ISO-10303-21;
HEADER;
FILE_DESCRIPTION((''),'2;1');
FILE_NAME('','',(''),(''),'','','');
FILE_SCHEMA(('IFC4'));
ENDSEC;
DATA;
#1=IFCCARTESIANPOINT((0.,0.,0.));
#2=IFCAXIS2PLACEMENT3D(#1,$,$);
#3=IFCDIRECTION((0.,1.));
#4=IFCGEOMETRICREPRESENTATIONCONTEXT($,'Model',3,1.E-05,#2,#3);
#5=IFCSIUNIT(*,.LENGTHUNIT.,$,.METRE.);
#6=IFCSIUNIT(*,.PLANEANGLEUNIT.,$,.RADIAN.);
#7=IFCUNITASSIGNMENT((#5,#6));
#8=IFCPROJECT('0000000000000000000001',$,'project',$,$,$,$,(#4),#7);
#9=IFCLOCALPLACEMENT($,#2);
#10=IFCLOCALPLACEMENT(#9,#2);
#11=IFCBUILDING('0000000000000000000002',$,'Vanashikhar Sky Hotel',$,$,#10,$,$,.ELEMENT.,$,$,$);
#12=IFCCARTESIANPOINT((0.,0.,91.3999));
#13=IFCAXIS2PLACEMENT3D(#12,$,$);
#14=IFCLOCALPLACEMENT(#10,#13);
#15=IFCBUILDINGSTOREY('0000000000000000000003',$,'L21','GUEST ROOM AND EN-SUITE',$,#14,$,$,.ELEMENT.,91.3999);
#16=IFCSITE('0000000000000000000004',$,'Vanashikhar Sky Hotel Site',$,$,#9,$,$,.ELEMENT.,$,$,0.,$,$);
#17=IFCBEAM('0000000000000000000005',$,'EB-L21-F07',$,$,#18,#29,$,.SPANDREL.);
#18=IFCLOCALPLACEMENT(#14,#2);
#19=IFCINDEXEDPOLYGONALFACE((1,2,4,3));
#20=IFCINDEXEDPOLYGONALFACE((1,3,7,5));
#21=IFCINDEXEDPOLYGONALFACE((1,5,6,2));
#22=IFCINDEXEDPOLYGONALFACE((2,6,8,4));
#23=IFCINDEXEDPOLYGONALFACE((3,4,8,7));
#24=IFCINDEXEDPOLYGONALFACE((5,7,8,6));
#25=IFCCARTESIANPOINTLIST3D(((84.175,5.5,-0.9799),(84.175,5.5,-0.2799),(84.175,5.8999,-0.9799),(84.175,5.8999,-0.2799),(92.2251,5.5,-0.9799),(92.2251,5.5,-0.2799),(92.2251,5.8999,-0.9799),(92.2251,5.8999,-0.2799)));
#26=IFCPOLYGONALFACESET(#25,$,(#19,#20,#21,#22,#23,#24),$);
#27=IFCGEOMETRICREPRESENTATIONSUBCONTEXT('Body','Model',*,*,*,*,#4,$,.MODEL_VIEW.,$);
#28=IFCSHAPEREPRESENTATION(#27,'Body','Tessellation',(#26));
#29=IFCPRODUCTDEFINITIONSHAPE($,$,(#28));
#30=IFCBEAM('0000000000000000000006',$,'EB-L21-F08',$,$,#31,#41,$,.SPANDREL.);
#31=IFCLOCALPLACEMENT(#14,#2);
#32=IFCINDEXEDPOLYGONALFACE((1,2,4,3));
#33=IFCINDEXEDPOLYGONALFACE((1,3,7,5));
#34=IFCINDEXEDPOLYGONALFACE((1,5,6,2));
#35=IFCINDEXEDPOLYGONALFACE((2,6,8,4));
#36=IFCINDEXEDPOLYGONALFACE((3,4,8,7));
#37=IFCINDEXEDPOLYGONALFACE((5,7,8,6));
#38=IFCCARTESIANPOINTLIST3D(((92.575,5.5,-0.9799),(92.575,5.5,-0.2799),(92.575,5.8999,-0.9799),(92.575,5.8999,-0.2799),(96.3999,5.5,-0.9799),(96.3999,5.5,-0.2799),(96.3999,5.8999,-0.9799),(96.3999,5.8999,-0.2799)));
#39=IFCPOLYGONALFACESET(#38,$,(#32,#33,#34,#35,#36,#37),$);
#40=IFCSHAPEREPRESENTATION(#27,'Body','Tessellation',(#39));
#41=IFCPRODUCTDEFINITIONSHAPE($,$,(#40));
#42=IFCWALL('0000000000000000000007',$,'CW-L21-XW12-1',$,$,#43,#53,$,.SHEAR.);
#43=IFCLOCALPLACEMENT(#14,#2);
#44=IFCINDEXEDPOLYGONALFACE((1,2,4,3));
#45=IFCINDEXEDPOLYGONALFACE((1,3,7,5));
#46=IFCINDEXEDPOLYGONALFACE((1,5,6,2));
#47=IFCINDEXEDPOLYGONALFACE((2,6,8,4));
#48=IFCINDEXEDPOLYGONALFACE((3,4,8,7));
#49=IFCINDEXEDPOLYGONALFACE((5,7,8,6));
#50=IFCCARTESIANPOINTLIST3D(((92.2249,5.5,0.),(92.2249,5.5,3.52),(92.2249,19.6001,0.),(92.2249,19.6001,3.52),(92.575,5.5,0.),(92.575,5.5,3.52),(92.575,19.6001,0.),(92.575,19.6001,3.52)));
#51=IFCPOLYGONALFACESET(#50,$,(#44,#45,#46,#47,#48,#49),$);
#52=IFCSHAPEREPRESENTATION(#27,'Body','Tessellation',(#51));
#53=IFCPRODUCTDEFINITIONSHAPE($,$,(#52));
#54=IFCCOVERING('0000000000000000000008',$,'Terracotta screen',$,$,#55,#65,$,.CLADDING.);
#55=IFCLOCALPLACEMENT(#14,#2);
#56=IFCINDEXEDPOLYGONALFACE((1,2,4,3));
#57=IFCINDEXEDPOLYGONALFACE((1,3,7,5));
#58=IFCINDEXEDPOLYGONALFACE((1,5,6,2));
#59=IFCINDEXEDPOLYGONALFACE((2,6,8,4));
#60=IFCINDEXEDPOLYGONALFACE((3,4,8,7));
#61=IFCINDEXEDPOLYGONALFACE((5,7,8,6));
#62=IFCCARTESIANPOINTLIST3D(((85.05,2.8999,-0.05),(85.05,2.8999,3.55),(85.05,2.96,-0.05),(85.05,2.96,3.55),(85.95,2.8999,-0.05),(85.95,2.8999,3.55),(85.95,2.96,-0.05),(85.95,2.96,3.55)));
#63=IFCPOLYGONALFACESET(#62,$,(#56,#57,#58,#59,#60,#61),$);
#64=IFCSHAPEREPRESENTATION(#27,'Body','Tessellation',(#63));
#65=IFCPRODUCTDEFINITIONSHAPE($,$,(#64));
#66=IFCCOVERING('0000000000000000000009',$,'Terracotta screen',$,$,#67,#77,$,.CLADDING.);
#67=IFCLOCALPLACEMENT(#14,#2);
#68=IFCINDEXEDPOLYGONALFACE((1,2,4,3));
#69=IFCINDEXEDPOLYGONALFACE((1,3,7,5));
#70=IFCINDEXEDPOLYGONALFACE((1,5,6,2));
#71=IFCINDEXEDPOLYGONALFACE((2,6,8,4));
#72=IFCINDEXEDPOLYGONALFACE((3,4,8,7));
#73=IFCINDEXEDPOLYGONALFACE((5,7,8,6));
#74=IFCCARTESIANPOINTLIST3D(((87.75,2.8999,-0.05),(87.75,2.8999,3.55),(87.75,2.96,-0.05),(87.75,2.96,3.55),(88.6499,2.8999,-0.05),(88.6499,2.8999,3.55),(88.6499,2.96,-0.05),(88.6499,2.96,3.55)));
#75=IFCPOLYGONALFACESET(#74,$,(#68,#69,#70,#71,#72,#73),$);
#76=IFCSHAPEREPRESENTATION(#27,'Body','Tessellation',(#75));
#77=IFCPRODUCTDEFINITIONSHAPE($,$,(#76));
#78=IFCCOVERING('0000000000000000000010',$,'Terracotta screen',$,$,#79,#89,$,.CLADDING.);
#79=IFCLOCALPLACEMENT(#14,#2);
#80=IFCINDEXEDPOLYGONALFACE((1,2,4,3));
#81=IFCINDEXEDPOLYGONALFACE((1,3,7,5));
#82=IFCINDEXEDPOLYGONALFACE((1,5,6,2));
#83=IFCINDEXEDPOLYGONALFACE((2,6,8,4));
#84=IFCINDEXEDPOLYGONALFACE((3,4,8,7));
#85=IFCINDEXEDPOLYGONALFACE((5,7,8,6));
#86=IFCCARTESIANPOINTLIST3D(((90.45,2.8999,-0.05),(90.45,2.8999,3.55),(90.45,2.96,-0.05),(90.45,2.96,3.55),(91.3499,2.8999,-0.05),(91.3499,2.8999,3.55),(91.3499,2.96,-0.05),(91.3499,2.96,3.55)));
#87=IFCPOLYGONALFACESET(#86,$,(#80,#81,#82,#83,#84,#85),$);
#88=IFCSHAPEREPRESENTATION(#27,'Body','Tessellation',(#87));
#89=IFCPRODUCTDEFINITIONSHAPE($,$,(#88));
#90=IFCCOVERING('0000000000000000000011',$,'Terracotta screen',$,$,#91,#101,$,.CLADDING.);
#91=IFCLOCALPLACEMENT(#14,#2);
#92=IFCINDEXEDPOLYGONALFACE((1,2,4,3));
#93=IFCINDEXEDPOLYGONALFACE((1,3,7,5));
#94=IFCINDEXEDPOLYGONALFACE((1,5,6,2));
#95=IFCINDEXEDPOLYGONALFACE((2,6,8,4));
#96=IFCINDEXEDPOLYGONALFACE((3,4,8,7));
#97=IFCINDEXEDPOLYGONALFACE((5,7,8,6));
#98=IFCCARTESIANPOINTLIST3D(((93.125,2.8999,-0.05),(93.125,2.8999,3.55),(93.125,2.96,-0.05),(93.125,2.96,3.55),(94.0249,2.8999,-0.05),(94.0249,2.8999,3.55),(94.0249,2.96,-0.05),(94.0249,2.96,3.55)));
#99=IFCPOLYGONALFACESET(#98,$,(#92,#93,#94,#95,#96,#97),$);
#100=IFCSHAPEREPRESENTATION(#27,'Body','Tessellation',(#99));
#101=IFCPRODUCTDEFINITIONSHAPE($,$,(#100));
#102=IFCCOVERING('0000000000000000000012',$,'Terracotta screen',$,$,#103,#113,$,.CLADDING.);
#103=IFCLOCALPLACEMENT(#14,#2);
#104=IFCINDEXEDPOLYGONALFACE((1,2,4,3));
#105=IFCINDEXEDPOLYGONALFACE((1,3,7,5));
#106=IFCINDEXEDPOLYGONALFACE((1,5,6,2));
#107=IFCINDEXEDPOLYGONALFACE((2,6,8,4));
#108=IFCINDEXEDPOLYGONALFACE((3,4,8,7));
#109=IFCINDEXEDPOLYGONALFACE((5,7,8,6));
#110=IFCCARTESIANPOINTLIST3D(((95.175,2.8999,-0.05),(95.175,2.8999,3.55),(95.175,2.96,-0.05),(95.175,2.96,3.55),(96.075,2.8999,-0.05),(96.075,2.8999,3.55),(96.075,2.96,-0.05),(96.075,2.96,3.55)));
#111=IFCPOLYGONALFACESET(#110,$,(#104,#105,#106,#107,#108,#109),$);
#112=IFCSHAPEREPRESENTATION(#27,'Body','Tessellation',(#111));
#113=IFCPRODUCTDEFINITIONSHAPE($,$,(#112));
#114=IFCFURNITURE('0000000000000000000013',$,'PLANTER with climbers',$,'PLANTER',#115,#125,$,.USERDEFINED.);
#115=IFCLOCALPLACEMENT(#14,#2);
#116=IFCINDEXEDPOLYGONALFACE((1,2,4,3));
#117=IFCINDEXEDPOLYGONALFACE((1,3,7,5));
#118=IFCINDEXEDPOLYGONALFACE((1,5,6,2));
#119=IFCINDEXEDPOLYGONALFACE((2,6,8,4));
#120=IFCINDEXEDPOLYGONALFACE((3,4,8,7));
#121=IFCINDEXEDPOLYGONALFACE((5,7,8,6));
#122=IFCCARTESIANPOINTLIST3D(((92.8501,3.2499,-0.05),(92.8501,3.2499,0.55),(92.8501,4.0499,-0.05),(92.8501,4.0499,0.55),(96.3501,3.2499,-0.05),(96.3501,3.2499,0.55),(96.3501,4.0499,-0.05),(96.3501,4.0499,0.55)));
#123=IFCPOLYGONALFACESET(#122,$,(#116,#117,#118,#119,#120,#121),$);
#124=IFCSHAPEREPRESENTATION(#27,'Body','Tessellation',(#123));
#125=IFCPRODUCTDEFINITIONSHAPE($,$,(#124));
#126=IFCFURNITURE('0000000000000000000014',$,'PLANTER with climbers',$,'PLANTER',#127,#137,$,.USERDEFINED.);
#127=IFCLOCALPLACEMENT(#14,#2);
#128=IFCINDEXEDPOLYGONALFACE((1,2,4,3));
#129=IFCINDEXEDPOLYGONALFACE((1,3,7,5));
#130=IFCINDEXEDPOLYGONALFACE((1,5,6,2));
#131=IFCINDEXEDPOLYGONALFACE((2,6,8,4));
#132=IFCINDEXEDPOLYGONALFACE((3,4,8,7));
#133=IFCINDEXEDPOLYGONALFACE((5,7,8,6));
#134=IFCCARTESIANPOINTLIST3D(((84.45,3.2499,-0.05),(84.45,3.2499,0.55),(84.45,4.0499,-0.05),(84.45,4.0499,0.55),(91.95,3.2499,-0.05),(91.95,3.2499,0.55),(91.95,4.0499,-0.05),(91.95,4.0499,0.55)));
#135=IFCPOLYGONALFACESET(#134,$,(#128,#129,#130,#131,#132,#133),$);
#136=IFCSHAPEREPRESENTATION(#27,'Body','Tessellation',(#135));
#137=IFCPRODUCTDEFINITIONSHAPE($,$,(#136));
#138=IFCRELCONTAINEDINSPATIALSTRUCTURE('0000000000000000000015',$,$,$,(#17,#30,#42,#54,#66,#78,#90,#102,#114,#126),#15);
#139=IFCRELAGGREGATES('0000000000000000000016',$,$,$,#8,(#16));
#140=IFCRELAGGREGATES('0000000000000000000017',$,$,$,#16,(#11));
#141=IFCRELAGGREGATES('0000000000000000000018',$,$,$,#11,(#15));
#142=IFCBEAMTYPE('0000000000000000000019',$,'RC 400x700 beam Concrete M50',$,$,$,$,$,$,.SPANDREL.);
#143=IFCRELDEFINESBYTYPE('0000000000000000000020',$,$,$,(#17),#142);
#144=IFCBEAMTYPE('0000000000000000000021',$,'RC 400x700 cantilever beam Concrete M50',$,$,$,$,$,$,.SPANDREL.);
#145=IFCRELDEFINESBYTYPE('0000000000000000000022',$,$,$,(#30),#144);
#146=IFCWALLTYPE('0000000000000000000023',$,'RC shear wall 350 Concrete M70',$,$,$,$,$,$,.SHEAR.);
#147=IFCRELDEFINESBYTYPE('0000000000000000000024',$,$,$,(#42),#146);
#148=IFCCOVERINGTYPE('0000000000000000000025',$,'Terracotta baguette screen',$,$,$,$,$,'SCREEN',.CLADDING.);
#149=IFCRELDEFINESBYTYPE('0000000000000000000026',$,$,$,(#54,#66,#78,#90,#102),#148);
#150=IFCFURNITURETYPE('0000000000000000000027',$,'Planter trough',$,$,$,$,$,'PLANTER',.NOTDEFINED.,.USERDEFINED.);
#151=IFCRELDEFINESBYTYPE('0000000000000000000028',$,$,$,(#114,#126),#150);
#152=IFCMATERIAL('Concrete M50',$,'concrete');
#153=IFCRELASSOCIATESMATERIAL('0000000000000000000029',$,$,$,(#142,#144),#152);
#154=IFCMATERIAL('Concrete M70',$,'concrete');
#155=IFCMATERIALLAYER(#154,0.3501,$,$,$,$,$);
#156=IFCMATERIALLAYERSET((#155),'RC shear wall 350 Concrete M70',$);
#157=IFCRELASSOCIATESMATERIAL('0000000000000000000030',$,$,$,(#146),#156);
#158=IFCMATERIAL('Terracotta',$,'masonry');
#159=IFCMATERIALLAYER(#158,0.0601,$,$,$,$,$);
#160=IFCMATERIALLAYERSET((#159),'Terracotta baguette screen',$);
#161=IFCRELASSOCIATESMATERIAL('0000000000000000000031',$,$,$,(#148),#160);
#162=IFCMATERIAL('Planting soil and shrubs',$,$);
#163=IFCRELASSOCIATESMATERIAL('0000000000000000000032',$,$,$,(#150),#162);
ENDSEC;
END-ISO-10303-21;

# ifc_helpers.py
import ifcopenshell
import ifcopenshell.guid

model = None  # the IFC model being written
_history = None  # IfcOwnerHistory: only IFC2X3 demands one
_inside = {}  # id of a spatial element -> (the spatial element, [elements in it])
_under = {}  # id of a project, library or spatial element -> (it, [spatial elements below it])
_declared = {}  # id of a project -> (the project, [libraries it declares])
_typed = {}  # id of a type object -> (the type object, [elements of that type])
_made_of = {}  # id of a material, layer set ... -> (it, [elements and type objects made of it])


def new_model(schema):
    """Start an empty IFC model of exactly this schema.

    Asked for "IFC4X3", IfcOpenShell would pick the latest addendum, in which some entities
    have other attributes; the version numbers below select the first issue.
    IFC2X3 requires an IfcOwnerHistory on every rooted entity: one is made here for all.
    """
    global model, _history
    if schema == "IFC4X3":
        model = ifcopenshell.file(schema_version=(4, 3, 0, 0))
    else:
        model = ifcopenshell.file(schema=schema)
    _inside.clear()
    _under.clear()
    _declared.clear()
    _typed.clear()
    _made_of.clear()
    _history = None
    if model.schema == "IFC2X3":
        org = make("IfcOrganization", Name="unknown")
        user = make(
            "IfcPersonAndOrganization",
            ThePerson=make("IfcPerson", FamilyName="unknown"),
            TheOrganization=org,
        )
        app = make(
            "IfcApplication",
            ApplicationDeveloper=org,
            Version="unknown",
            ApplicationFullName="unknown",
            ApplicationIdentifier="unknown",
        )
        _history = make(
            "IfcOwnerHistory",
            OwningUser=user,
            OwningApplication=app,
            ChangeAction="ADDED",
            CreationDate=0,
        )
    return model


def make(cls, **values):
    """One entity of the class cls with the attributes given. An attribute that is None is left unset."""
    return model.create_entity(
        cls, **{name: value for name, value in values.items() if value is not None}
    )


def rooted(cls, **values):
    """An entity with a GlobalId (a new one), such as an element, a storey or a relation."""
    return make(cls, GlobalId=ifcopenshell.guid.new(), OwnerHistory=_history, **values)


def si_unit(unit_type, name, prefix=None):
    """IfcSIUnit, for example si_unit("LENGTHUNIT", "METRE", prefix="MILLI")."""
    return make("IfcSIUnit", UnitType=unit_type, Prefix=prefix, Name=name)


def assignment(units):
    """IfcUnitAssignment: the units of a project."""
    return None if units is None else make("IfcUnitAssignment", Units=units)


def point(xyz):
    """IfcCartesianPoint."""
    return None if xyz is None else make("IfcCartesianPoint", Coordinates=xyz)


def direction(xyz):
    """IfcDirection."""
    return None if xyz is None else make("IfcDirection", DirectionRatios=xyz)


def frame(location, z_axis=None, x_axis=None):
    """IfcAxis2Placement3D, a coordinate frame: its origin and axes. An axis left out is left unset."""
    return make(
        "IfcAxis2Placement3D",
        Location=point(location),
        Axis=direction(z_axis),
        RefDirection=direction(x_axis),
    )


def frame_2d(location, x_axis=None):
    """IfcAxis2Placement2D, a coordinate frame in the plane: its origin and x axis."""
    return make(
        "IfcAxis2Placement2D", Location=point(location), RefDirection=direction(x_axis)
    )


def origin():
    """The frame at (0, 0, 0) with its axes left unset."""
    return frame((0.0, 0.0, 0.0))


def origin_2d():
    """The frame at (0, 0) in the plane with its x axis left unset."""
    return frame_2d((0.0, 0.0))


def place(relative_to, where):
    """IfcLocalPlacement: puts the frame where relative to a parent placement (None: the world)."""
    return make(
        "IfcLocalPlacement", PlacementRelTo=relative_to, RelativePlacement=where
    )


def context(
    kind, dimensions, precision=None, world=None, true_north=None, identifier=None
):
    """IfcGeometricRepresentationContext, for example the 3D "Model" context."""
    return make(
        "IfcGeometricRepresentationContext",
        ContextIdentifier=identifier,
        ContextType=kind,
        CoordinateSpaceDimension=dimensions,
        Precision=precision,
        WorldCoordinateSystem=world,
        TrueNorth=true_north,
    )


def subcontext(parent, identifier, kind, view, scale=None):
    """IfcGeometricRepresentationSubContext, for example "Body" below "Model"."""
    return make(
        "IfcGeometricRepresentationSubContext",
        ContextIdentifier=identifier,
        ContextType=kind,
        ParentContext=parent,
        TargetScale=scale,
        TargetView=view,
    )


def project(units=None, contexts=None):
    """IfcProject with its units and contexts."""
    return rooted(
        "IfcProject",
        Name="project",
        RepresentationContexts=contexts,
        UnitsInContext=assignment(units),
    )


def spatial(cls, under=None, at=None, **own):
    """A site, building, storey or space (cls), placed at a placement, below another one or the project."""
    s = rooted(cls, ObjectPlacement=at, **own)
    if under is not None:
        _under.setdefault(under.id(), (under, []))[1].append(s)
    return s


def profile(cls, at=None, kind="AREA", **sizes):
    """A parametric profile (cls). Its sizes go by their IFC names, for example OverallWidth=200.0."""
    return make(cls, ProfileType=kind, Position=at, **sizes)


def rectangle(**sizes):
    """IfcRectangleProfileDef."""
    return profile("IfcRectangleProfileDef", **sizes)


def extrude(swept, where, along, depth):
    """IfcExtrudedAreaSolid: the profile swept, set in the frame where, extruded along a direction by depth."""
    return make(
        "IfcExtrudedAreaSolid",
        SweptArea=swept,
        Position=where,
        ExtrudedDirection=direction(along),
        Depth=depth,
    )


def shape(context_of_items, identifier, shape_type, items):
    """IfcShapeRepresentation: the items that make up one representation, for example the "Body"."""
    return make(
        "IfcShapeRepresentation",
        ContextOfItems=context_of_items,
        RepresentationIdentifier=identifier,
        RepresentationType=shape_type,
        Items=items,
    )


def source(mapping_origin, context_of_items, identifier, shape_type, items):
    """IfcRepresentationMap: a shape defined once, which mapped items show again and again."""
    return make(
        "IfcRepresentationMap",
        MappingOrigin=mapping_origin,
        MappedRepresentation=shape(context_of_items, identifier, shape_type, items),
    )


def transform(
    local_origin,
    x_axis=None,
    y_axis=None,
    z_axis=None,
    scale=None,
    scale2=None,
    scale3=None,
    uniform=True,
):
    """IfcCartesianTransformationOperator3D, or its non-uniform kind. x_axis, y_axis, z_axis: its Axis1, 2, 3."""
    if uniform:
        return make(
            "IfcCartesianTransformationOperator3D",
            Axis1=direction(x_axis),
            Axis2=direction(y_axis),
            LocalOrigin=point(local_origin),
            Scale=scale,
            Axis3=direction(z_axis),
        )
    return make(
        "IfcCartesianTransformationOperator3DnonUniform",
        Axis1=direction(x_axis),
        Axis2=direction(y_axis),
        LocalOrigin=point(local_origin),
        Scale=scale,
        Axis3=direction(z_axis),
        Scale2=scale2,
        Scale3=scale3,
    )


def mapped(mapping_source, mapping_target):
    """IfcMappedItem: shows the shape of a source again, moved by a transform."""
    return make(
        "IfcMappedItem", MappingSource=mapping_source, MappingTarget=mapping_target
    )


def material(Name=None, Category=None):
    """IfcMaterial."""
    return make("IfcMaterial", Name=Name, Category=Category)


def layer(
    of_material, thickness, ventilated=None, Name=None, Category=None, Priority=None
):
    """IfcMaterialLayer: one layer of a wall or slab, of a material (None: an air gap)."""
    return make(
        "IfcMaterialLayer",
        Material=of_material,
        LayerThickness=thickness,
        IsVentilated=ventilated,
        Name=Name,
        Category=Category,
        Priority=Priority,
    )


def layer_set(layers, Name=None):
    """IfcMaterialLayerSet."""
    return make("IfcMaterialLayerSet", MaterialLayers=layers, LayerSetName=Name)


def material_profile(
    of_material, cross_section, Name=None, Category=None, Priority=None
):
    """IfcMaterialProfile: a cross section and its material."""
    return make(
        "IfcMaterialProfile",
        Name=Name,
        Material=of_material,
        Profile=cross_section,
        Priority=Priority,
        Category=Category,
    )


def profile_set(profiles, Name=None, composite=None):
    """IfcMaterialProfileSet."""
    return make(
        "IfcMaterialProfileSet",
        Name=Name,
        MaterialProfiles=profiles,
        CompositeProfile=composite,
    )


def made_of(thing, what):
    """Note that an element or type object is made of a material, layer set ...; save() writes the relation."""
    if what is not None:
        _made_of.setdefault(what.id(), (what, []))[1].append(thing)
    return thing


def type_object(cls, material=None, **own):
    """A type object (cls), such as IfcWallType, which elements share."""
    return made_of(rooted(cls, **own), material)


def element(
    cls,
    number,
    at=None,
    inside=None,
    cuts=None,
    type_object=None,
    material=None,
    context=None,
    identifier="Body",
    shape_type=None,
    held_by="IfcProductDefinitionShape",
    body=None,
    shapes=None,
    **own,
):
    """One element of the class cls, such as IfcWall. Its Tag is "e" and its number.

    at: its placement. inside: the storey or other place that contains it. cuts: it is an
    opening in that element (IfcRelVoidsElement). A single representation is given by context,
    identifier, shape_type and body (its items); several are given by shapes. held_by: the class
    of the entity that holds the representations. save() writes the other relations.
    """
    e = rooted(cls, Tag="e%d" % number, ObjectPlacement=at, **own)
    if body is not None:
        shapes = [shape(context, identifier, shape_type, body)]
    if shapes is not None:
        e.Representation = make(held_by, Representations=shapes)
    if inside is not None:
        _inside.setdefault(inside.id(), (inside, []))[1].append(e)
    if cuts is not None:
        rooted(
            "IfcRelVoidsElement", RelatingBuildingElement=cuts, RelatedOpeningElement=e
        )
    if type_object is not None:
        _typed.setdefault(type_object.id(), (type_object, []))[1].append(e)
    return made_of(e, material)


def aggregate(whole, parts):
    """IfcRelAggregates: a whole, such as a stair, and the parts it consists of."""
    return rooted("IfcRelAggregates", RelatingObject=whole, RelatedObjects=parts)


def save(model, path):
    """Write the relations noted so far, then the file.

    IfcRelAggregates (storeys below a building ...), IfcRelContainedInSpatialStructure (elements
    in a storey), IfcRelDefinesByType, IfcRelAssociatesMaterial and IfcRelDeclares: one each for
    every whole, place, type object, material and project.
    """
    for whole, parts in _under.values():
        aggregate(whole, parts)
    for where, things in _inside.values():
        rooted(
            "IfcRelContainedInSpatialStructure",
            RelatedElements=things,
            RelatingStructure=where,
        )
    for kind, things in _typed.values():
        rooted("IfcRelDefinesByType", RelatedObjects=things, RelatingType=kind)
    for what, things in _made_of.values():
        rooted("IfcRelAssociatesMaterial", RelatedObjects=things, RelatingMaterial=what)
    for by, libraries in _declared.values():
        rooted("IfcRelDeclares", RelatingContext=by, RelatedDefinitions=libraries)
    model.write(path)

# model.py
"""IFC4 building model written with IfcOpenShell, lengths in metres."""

from ifc_helpers import new_model, si_unit, direction, frame, frame_2d, origin, origin_2d, place, context, subcontext, project, spatial, rectangle, extrude, source, transform, mapped, material, layer, layer_set, material_profile, profile_set, type_object, element, save


model = new_model("IFC4")

# Units and contexts
model_context = context("Model", 3, precision=1e-05, world=origin(), true_north=direction((0.0, 1.0)))
body_context = subcontext(model_context, "Body", "Model", "MODEL_VIEW")
ifc_project = project(units=[si_unit("LENGTHUNIT", "METRE"), si_unit("PLANEANGLEUNIT", "RADIAN")], contexts=[model_context])

# Site, building, storey
site_placement = place(None, origin())
site = spatial("IfcSite", under=ifc_project, at=site_placement, Name="Vanashikhar Sky Hotel Site", CompositionType="ELEMENT", RefElevation=0.0)
building_placement = place(site_placement, origin())
building = spatial("IfcBuilding", under=site, at=building_placement, Name="Vanashikhar Sky Hotel", CompositionType="ELEMENT")
storey_placement = place(building_placement, frame((0.0, 0.0, 91.3999)))
storey = spatial("IfcBuildingStorey", under=building, at=storey_placement, Name="L21", Description="GUEST ROOM AND EN-SUITE", CompositionType="ELEMENT", Elevation=91.3999)

# Beams
ifc_material_1 = material(Name="Concrete M50", Category="concrete")
ifc_material_profile_1 = material_profile(ifc_material_1, rectangle(XDim=0.3999, YDim=0.7, at=origin_2d()))
ifc_profile_set_1 = profile_set([ifc_material_profile_1], Name="RC 400x700 beam Concrete M50")
beam_type_1 = type_object("IfcBeamType", Name="RC 400x700 beam Concrete M50", PredefinedType="SPANDREL", material=ifc_profile_set_1)
shared_shape_1 = source(origin(), body_context, "Body", "SweptSolid", [
    extrude(rectangle(XDim=0.3999, YDim=0.7, at=origin_2d()), origin(), (0.0, 0.0, 1.0), 8.05),
])
beam_1_placement = place(storey_placement, frame((84.175, 5.7, -0.6299), z_axis=(1.0, 0.0, 0.0), x_axis=(0.0, 1.0, 0.0)))
element("IfcBeam", 1, at=beam_1_placement, inside=storey, type_object=beam_type_1, Name="EB-L21-F07", PredefinedType="SPANDREL", context=body_context, shape_type="MappedRepresentation", body=[
    mapped(shared_shape_1, transform((0.0, 0.0, 0.0), scale=1.0)),
])
ifc_material_profile_2 = material_profile(ifc_material_1, rectangle(XDim=0.3999, YDim=0.7, at=origin_2d()))
ifc_profile_set_2 = profile_set([ifc_material_profile_2], Name="RC 400x700 cantilever beam Concrete M50")
beam_type_2 = type_object("IfcBeamType", Name="RC 400x700 cantilever beam Concrete M50", PredefinedType="SPANDREL", material=ifc_profile_set_2)
shared_shape_2 = source(origin(), body_context, "Body", "SweptSolid", [
    extrude(rectangle(XDim=0.3999, YDim=0.7, at=origin_2d()), origin(), (0.0, 0.0, 1.0), 3.825),
])
beam_2_placement = place(storey_placement, frame((92.575, 5.7, -0.6299), z_axis=(1.0, 0.0, 0.0), x_axis=(0.0, 1.0, 0.0)))
element("IfcBeam", 2, at=beam_2_placement, inside=storey, type_object=beam_type_2, Name="EB-L21-F08", PredefinedType="SPANDREL", context=body_context, shape_type="MappedRepresentation", body=[
    mapped(shared_shape_2, transform((0.0, 0.0, 0.0), scale=1.0)),
])

# Wall
ifc_material_2 = material(Name="Concrete M70", Category="concrete")
ifc_layer_1 = layer(ifc_material_2, 0.3501)
ifc_layer_set_1 = layer_set([ifc_layer_1], Name="RC shear wall 350 Concrete M70")
wall_type_1 = type_object("IfcWallType", Name="RC shear wall 350 Concrete M70", PredefinedType="SHEAR", material=ifc_layer_set_1)
shared_shape_3 = source(origin(), body_context, "Body", "SweptSolid", [
    extrude(rectangle(XDim=14.1001, YDim=0.3501, at=frame_2d((7.05, 0.0))), origin(), (0.0, 0.0, 1.0), 3.52),
])
wall_1_placement = place(storey_placement, frame((92.3999, 5.5, 0.0), z_axis=(0.0, 0.0, 1.0), x_axis=(0.0, 1.0, 0.0)))
element("IfcWall", 3, at=wall_1_placement, inside=storey, type_object=wall_type_1, Name="CW-L21-XW12-1", PredefinedType="SHEAR", context=body_context, shape_type="MappedRepresentation", body=[
    mapped(shared_shape_3, transform((0.0, 0.0, 0.0), scale=1.0)),
])

# Coverings
ifc_material_3 = material(Name="Terracotta", Category="masonry")
ifc_layer_2 = layer(ifc_material_3, 0.0601)
ifc_layer_set_2 = layer_set([ifc_layer_2], Name="Terracotta baguette screen")
covering_type = type_object("IfcCoveringType", Name="Terracotta baguette screen", ElementType="SCREEN", PredefinedType="CLADDING", material=ifc_layer_set_2)
shared_shape_4 = source(origin(), body_context, "Body", "SweptSolid", [
    extrude(rectangle(XDim=0.8999, YDim=0.0601, at=origin_2d()), origin(), (0.0, 0.0, 1.0), 3.6001),
])
for number, where, z_axis, x_axis, name in (
    (4, (85.5, 2.9299, -0.05), (0.0, 0.0, 1.0), (1.0, 0.0, 0.0), "Terracotta screen"),
    (5, (88.2, 2.9299, -0.05), (0.0, 0.0, 1.0), (1.0, 0.0, 0.0), "Terracotta screen"),
    (6, (90.8999, 2.9299, -0.05), (0.0, 0.0, 1.0), (1.0, 0.0, 0.0), "Terracotta screen"),
    (7, (93.575, 2.9299, -0.05), (0.0, 0.0, 1.0), (1.0, 0.0, 0.0), "Terracotta screen"),
    (8, (95.625, 2.9299, -0.05), (0.0, 0.0, 1.0), (1.0, 0.0, 0.0), "Terracotta screen"),
):
    element("IfcCovering", number, at=place(storey_placement, frame(where, z_axis=z_axis, x_axis=x_axis)), inside=storey, type_object=covering_type, Name=name, PredefinedType="CLADDING", context=body_context, shape_type="MappedRepresentation", body=[
        mapped(shared_shape_4, transform((0.0, 0.0, 0.0), scale=1.0)),
    ])

# Furniture
ifc_material_4 = material(Name="Planting soil and shrubs")
furniture_type = type_object("IfcFurnitureType", Name="Planter trough", ElementType="PLANTER", AssemblyPlace="NOTDEFINED", PredefinedType="USERDEFINED", material=ifc_material_4)
shared_shape_5 = source(origin(), body_context, "Body", "SweptSolid", [
    extrude(rectangle(XDim=3.5, YDim=0.8, at=origin_2d()), origin(), (0.0, 0.0, 1.0), 0.6001),
])
furniture_1_placement = place(storey_placement, frame((94.6001, 3.6499, -0.05), z_axis=(0.0, 0.0, 1.0), x_axis=(1.0, 0.0, 0.0)))
element("IfcFurniture", 9, at=furniture_1_placement, inside=storey, type_object=furniture_type, Name="PLANTER with climbers", ObjectType="PLANTER", PredefinedType="USERDEFINED", context=body_context, shape_type="MappedRepresentation", body=[
    mapped(shared_shape_5, transform((0.0, 0.0, 0.0), scale=1.0)),
])
shared_shape_6 = source(origin(), body_context, "Body", "SweptSolid", [
    extrude(rectangle(XDim=7.5, YDim=0.8, at=origin_2d()), origin(), (0.0, 0.0, 1.0), 0.6001),
])
furniture_2_placement = place(storey_placement, frame((88.2, 3.6499, -0.05), z_axis=(0.0, 0.0, 1.0), x_axis=(1.0, 0.0, 0.0)))
element("IfcFurniture", 10, at=furniture_2_placement, inside=storey, type_object=furniture_type, Name="PLANTER with climbers", ObjectType="PLANTER", PredefinedType="USERDEFINED", context=body_context, shape_type="MappedRepresentation", body=[
    mapped(shared_shape_6, transform((0.0, 0.0, 0.0), scale=1.0)),
])

save(model, "model.ifc")
